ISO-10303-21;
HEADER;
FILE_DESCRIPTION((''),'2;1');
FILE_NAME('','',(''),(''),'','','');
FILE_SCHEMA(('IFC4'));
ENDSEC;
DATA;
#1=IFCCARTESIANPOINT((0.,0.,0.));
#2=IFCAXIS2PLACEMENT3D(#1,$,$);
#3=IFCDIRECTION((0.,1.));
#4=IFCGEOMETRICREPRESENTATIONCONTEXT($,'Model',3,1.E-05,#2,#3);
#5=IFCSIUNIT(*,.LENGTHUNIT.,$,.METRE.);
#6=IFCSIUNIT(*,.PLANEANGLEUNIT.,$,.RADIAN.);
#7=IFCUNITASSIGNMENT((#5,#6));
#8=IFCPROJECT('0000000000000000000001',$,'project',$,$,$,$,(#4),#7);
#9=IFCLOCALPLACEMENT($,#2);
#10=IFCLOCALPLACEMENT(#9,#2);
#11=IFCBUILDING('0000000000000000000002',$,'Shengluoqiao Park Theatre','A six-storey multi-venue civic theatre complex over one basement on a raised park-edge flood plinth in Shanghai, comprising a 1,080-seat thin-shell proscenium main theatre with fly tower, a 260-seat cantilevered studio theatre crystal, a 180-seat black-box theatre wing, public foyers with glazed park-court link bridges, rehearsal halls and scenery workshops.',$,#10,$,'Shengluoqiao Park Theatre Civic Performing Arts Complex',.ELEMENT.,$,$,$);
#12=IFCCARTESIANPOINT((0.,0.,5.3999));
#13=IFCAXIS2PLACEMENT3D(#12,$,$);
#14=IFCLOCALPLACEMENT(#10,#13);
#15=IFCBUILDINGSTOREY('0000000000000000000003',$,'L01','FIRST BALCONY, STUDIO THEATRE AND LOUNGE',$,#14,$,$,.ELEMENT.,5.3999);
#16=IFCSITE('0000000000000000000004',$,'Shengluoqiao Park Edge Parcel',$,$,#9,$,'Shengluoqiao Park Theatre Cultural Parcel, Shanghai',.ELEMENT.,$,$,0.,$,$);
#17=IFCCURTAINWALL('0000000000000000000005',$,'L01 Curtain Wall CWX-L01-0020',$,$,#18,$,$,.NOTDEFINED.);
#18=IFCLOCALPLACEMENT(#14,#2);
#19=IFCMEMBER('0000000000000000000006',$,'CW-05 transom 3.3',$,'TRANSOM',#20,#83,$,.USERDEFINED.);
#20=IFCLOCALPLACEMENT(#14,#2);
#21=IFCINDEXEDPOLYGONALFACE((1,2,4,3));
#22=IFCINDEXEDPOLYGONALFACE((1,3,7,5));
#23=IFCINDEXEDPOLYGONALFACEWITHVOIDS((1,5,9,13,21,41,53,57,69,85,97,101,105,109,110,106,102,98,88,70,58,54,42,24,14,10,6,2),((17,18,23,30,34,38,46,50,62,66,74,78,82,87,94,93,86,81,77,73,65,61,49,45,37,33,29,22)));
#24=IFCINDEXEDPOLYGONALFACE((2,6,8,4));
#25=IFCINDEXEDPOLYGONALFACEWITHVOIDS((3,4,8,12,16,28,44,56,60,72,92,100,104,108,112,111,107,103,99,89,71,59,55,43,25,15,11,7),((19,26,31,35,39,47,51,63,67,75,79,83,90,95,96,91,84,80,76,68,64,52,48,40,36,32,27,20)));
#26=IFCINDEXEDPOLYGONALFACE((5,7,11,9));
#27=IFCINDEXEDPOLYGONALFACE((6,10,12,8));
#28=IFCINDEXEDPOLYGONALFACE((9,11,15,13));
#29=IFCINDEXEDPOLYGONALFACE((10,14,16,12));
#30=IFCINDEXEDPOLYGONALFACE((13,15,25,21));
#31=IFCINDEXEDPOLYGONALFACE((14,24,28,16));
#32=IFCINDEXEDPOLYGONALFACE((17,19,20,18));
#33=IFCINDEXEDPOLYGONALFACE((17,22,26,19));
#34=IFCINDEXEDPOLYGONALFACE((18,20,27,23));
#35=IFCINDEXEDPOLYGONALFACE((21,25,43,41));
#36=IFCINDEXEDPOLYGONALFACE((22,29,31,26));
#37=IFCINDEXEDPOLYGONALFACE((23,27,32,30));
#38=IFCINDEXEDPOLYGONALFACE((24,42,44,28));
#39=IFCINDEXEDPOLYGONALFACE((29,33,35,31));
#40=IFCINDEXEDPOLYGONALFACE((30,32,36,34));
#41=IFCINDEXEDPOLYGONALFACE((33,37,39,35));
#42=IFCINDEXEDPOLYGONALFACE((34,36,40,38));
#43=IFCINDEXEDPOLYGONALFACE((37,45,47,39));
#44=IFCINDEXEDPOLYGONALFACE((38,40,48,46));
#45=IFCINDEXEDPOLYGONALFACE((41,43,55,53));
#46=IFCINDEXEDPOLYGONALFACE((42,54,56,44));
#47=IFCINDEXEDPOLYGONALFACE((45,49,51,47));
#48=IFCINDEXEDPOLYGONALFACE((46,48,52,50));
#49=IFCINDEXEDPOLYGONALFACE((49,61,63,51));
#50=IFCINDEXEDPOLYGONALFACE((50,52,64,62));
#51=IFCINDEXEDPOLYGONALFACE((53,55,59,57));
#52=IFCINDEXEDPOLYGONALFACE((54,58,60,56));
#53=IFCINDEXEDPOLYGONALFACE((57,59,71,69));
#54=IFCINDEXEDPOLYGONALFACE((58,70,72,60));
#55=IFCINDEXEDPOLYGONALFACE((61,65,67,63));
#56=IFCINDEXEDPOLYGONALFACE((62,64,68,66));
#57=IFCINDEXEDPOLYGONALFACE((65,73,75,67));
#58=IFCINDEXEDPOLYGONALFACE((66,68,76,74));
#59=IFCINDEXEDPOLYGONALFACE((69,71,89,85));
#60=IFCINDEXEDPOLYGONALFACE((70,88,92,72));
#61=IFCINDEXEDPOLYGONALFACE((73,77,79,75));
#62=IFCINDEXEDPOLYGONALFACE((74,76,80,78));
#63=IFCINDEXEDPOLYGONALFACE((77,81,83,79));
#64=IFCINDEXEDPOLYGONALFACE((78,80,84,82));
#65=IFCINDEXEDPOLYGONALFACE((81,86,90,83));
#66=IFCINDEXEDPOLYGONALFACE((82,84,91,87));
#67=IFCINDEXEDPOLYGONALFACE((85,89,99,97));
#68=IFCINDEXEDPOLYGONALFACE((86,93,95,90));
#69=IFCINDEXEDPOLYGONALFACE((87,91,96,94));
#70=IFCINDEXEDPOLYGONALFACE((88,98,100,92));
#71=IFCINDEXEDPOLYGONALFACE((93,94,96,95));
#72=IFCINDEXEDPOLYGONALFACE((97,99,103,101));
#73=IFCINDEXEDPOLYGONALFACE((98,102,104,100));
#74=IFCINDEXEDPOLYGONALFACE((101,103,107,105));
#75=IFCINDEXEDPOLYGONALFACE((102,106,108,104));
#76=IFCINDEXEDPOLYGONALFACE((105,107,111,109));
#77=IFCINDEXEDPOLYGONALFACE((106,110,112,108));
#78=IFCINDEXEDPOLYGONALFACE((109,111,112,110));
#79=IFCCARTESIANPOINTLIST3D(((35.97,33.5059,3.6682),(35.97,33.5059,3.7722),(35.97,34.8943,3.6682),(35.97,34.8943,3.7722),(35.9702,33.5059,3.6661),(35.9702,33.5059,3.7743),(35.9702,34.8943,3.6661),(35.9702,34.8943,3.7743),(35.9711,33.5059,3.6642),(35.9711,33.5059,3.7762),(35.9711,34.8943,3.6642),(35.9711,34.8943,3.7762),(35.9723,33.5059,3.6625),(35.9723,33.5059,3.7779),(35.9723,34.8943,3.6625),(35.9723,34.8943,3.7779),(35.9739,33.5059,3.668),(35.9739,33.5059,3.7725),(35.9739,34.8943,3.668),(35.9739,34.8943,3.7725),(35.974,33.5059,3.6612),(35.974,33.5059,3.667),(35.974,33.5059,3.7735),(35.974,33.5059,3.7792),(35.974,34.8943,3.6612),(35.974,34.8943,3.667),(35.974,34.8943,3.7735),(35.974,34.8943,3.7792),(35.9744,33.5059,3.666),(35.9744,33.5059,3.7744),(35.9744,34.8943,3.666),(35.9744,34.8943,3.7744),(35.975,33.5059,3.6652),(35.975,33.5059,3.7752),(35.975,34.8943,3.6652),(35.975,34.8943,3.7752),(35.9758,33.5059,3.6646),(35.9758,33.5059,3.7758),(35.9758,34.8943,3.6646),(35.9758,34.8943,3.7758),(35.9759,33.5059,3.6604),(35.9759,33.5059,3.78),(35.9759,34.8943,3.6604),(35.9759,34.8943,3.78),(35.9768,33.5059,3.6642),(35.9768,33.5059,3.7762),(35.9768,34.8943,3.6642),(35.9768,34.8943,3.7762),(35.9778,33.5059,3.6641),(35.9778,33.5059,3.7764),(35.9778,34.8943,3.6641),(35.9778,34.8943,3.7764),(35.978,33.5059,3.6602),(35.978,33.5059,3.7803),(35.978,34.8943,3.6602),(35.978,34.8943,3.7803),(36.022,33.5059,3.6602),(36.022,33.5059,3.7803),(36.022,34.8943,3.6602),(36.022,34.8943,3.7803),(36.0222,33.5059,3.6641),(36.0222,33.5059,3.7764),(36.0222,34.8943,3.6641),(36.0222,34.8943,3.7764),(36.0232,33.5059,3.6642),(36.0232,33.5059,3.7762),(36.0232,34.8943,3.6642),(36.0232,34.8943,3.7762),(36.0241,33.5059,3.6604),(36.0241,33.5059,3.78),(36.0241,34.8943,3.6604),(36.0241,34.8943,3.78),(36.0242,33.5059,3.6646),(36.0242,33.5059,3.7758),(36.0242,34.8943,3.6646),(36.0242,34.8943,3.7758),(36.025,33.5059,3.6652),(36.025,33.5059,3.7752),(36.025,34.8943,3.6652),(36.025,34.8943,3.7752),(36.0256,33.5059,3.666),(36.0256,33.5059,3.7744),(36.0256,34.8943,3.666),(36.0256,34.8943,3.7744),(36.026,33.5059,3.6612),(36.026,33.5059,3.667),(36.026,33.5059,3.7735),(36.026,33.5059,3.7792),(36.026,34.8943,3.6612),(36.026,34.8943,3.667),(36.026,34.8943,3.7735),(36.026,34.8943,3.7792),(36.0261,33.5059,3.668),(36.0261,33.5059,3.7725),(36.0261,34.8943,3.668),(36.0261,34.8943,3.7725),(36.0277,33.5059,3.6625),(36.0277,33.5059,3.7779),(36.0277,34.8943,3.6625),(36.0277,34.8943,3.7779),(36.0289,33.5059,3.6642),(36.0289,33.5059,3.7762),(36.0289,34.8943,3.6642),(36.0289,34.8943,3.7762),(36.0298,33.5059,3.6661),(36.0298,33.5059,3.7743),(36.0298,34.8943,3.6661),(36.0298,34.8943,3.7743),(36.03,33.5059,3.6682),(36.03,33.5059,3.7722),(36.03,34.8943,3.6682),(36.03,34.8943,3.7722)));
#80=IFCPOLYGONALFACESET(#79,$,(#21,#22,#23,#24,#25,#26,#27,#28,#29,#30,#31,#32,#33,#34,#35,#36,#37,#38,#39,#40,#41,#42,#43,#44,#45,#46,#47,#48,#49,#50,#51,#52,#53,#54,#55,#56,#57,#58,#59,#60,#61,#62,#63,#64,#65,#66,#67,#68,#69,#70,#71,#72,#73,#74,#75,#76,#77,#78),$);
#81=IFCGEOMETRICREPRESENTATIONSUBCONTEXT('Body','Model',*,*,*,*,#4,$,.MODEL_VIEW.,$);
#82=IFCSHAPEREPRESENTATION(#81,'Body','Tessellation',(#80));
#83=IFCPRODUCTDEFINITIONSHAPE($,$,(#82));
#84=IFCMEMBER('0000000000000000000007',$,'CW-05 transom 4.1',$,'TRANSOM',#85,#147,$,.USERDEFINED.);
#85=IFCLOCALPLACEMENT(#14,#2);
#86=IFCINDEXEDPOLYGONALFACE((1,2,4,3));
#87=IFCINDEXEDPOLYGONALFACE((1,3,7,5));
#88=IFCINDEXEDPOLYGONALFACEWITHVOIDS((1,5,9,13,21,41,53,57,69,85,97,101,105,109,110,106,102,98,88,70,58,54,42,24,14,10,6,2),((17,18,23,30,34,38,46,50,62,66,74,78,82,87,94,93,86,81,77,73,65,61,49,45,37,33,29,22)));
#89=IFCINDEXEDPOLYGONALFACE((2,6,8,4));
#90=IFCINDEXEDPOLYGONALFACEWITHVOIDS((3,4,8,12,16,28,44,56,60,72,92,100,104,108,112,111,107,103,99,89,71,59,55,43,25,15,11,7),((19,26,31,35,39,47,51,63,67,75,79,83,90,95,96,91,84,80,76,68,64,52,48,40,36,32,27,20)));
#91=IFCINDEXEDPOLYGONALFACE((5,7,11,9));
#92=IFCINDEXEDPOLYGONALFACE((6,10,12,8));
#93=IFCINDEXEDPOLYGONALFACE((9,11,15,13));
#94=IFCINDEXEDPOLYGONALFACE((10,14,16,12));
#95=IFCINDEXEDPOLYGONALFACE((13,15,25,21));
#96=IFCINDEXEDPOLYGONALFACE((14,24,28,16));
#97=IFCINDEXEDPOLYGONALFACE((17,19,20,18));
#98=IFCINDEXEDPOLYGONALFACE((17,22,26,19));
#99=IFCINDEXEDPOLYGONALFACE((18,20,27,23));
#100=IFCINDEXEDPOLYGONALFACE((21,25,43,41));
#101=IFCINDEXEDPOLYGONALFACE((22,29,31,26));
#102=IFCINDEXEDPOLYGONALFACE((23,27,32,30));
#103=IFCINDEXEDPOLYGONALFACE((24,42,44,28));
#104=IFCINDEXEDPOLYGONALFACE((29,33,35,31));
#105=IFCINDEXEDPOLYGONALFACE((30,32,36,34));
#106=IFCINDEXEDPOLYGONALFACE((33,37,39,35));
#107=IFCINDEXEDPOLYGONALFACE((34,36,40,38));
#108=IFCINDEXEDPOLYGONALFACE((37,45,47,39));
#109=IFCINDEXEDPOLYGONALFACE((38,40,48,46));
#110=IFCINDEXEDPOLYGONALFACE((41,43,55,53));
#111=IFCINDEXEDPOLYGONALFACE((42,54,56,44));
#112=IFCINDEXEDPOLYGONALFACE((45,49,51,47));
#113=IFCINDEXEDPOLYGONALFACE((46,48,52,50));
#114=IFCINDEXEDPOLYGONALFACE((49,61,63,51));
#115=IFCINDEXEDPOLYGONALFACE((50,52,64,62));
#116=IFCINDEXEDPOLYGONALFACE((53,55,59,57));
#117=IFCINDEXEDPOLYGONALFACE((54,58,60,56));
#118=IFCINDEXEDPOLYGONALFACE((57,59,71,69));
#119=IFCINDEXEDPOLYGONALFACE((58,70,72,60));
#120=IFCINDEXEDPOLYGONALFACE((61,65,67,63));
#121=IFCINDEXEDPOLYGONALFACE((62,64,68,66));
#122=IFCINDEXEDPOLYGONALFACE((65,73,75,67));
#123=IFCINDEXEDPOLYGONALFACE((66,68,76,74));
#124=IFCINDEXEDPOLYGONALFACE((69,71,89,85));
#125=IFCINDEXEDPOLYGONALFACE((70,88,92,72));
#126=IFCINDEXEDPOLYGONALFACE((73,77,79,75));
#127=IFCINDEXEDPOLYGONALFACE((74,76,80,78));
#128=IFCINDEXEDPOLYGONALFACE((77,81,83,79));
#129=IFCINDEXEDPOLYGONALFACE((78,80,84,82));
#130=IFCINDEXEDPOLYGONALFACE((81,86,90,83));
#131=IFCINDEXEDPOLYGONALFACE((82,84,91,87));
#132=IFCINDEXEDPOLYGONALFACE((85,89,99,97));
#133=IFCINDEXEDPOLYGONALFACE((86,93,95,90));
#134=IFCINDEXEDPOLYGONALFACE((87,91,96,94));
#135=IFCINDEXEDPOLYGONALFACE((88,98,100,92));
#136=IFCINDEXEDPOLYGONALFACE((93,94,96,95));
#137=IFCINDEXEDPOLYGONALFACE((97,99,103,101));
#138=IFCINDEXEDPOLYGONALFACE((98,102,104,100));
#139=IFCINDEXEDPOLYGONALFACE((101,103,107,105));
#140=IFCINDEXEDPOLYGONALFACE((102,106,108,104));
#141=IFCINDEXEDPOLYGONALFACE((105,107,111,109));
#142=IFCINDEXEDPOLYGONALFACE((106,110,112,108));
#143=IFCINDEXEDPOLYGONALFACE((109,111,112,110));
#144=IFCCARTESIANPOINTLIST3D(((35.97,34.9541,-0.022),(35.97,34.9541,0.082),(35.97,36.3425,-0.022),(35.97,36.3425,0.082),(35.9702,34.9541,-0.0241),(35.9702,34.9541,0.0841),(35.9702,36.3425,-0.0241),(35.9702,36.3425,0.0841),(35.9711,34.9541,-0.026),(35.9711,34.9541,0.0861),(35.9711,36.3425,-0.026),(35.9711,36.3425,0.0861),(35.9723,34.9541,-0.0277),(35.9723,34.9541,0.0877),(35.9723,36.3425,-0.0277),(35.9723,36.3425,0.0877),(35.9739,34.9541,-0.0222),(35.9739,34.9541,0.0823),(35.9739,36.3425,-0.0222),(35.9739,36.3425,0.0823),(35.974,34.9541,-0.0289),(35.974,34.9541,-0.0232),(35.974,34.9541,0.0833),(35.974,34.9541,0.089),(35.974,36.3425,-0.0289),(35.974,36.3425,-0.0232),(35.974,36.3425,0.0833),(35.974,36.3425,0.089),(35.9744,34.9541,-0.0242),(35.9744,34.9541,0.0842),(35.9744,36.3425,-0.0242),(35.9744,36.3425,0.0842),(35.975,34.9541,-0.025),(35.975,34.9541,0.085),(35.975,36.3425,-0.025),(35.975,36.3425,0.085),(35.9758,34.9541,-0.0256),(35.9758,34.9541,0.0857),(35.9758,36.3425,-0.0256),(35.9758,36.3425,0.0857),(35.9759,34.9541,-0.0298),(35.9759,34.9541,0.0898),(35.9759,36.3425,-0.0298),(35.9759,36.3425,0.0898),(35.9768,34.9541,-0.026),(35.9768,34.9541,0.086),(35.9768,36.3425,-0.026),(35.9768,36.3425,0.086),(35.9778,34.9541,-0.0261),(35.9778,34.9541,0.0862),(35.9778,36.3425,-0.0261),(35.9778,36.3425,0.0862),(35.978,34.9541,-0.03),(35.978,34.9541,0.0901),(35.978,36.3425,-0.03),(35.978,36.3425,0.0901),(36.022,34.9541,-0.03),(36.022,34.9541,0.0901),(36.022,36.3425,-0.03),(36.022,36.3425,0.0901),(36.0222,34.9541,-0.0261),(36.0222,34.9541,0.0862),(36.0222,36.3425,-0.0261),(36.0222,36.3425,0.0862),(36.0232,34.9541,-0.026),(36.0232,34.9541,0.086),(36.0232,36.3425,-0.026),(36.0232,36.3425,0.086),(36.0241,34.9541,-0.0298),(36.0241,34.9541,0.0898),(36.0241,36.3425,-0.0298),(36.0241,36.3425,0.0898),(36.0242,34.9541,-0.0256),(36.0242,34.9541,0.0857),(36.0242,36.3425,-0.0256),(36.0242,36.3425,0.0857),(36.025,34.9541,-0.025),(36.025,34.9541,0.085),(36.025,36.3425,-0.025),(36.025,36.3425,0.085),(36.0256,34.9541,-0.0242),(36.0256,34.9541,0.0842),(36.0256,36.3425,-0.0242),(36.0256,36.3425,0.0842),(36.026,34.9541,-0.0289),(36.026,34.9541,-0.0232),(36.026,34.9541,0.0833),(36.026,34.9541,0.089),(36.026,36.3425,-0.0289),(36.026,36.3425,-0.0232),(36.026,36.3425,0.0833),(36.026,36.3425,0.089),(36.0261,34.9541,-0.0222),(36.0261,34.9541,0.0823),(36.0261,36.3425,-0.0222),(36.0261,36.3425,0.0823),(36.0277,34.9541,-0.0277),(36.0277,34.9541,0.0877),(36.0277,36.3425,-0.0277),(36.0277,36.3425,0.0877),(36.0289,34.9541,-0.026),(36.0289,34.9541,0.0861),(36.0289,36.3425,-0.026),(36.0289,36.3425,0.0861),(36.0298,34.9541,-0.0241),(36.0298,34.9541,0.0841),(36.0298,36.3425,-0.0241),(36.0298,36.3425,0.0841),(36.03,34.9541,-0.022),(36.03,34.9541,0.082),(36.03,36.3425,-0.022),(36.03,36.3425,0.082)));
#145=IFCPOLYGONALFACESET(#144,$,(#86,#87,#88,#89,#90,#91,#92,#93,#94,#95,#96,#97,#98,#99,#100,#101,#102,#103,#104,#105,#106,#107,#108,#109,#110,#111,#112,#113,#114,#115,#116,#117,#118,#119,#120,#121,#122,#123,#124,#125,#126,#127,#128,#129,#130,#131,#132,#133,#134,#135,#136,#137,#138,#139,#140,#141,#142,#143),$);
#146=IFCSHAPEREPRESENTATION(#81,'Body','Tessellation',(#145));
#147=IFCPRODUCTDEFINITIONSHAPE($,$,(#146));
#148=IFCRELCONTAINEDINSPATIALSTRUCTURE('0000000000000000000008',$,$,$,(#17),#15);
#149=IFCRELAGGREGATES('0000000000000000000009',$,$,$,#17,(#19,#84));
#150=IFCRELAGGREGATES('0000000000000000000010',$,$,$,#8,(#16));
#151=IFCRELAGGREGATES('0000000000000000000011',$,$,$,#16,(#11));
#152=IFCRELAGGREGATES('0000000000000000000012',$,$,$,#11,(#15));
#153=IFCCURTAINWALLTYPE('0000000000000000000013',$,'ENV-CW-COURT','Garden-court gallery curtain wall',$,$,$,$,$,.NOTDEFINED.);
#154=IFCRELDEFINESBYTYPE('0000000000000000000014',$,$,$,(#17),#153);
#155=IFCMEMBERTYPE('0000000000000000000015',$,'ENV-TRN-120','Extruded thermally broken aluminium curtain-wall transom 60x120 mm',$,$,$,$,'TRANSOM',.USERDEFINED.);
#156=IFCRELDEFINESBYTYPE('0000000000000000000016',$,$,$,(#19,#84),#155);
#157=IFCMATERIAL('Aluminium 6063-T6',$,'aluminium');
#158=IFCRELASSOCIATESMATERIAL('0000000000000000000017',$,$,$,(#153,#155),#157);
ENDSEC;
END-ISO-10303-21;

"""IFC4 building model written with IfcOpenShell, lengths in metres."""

from ifc_helpers import new_model, si_unit, direction, frame, origin, origin_2d, place, context, subcontext, project, spatial, hollow_rectangle, extrude, material, material_profile, profile_set, type_object, element, aggregate, save


model = new_model("IFC4")

# Units and contexts
model_context = context("Model", 3, precision=1e-05, world=origin(), true_north=direction((0.0, 1.0)))
body_context = subcontext(model_context, "Body", "Model", "MODEL_VIEW")
ifc_project = project(units=[si_unit("LENGTHUNIT", "METRE"), si_unit("PLANEANGLEUNIT", "RADIAN")], contexts=[model_context])

# Site, building, storey
site_placement = place(None, origin())
site = spatial("IfcSite", under=ifc_project, at=site_placement, Name="Shengluoqiao Park Edge Parcel", LongName="Shengluoqiao Park Theatre Cultural Parcel, Shanghai", CompositionType="ELEMENT", RefElevation=0.0)
building_placement = place(site_placement, origin())
building = spatial("IfcBuilding", under=site, at=building_placement, Name="Shengluoqiao Park Theatre", Description="A six-storey multi-venue civic theatre complex over one basement on a raised park-edge flood plinth in Shanghai, comprising a 1,080-seat thin-shell proscenium main theatre with fly tower, a 260-seat cantilevered studio theatre crystal, a 180-seat black-box theatre wing, public foyers with glazed park-court link bridges, rehearsal halls and scenery workshops.", LongName="Shengluoqiao Park Theatre Civic Performing Arts Complex", CompositionType="ELEMENT")
storey_placement = place(building_placement, frame((0.0, 0.0, 5.3999)))
storey = spatial("IfcBuildingStorey", under=building, at=storey_placement, Name="L01", Description="FIRST BALCONY, STUDIO THEATRE AND LOUNGE", CompositionType="ELEMENT", Elevation=5.3999)

# Curtain wall
ifc_material_1 = material(Name="Aluminium 6063-T6", Category="aluminium")
curtain_wall_type = type_object("IfcCurtainWallType", Name="ENV-CW-COURT", Description="Garden-court gallery curtain wall", PredefinedType="NOTDEFINED", material=ifc_material_1)
curtain_wall_1_placement = place(storey_placement, origin())
curtain_wall_1 = element("IfcCurtainWall", 1, at=curtain_wall_1_placement, inside=storey, type_object=curtain_wall_type, Name="L01 Curtain Wall CWX-L01-0020", PredefinedType="NOTDEFINED")

# Members
ifc_material_profile_1 = material_profile(ifc_material_1, hollow_rectangle(XDim=0.0601, YDim=0.1201, WallThickness=0.0039, InnerFilletRadius=0.0039, OuterFilletRadius=0.0081, at=origin_2d()), Name="ALU TRANSOM 120x60x4")
ifc_profile_set_1 = profile_set([ifc_material_profile_1], Name="Aluminium 6063-T6")
member_type_1 = type_object("IfcMemberType", Name="ENV-TRN-120", Description="Extruded thermally broken aluminium curtain-wall transom 60x120 mm", ElementType="TRANSOM", PredefinedType="USERDEFINED", material=ifc_profile_set_1)
member_1_placement = place(storey_placement, frame((36.0, 33.5059, 3.7202), z_axis=(0.0, 1.0, 0.0), x_axis=(-1.0, 0.0, 0.0)))
member_1 = element("IfcMember", 2, at=member_1_placement, type_object=member_type_1, Name="CW-05 transom 3.3", ObjectType="TRANSOM", PredefinedType="USERDEFINED", context=body_context, shape_type="SweptSolid", body=[
    extrude(hollow_rectangle(XDim=0.0601, YDim=0.1201, WallThickness=0.0039, InnerFilletRadius=0.0039, OuterFilletRadius=0.0081, at=origin_2d()), origin(), (0.0, 0.0, 1.0), 1.3884),
])
member_2_placement = place(storey_placement, frame((36.0, 34.9541, 0.03), z_axis=(0.0, 1.0, 0.0), x_axis=(-1.0, 0.0, 0.0)))
member_2 = element("IfcMember", 3, at=member_2_placement, type_object=member_type_1, Name="CW-05 transom 4.1", ObjectType="TRANSOM", PredefinedType="USERDEFINED", context=body_context, shape_type="SweptSolid", body=[
    extrude(hollow_rectangle(XDim=0.0601, YDim=0.1201, WallThickness=0.0039, InnerFilletRadius=0.0039, OuterFilletRadius=0.0081, at=origin_2d()), origin(), (0.0, 0.0, 1.0), 1.3884),
])

aggregate(curtain_wall_1, [member_1, member_2])

save(model, "model.ifc")
